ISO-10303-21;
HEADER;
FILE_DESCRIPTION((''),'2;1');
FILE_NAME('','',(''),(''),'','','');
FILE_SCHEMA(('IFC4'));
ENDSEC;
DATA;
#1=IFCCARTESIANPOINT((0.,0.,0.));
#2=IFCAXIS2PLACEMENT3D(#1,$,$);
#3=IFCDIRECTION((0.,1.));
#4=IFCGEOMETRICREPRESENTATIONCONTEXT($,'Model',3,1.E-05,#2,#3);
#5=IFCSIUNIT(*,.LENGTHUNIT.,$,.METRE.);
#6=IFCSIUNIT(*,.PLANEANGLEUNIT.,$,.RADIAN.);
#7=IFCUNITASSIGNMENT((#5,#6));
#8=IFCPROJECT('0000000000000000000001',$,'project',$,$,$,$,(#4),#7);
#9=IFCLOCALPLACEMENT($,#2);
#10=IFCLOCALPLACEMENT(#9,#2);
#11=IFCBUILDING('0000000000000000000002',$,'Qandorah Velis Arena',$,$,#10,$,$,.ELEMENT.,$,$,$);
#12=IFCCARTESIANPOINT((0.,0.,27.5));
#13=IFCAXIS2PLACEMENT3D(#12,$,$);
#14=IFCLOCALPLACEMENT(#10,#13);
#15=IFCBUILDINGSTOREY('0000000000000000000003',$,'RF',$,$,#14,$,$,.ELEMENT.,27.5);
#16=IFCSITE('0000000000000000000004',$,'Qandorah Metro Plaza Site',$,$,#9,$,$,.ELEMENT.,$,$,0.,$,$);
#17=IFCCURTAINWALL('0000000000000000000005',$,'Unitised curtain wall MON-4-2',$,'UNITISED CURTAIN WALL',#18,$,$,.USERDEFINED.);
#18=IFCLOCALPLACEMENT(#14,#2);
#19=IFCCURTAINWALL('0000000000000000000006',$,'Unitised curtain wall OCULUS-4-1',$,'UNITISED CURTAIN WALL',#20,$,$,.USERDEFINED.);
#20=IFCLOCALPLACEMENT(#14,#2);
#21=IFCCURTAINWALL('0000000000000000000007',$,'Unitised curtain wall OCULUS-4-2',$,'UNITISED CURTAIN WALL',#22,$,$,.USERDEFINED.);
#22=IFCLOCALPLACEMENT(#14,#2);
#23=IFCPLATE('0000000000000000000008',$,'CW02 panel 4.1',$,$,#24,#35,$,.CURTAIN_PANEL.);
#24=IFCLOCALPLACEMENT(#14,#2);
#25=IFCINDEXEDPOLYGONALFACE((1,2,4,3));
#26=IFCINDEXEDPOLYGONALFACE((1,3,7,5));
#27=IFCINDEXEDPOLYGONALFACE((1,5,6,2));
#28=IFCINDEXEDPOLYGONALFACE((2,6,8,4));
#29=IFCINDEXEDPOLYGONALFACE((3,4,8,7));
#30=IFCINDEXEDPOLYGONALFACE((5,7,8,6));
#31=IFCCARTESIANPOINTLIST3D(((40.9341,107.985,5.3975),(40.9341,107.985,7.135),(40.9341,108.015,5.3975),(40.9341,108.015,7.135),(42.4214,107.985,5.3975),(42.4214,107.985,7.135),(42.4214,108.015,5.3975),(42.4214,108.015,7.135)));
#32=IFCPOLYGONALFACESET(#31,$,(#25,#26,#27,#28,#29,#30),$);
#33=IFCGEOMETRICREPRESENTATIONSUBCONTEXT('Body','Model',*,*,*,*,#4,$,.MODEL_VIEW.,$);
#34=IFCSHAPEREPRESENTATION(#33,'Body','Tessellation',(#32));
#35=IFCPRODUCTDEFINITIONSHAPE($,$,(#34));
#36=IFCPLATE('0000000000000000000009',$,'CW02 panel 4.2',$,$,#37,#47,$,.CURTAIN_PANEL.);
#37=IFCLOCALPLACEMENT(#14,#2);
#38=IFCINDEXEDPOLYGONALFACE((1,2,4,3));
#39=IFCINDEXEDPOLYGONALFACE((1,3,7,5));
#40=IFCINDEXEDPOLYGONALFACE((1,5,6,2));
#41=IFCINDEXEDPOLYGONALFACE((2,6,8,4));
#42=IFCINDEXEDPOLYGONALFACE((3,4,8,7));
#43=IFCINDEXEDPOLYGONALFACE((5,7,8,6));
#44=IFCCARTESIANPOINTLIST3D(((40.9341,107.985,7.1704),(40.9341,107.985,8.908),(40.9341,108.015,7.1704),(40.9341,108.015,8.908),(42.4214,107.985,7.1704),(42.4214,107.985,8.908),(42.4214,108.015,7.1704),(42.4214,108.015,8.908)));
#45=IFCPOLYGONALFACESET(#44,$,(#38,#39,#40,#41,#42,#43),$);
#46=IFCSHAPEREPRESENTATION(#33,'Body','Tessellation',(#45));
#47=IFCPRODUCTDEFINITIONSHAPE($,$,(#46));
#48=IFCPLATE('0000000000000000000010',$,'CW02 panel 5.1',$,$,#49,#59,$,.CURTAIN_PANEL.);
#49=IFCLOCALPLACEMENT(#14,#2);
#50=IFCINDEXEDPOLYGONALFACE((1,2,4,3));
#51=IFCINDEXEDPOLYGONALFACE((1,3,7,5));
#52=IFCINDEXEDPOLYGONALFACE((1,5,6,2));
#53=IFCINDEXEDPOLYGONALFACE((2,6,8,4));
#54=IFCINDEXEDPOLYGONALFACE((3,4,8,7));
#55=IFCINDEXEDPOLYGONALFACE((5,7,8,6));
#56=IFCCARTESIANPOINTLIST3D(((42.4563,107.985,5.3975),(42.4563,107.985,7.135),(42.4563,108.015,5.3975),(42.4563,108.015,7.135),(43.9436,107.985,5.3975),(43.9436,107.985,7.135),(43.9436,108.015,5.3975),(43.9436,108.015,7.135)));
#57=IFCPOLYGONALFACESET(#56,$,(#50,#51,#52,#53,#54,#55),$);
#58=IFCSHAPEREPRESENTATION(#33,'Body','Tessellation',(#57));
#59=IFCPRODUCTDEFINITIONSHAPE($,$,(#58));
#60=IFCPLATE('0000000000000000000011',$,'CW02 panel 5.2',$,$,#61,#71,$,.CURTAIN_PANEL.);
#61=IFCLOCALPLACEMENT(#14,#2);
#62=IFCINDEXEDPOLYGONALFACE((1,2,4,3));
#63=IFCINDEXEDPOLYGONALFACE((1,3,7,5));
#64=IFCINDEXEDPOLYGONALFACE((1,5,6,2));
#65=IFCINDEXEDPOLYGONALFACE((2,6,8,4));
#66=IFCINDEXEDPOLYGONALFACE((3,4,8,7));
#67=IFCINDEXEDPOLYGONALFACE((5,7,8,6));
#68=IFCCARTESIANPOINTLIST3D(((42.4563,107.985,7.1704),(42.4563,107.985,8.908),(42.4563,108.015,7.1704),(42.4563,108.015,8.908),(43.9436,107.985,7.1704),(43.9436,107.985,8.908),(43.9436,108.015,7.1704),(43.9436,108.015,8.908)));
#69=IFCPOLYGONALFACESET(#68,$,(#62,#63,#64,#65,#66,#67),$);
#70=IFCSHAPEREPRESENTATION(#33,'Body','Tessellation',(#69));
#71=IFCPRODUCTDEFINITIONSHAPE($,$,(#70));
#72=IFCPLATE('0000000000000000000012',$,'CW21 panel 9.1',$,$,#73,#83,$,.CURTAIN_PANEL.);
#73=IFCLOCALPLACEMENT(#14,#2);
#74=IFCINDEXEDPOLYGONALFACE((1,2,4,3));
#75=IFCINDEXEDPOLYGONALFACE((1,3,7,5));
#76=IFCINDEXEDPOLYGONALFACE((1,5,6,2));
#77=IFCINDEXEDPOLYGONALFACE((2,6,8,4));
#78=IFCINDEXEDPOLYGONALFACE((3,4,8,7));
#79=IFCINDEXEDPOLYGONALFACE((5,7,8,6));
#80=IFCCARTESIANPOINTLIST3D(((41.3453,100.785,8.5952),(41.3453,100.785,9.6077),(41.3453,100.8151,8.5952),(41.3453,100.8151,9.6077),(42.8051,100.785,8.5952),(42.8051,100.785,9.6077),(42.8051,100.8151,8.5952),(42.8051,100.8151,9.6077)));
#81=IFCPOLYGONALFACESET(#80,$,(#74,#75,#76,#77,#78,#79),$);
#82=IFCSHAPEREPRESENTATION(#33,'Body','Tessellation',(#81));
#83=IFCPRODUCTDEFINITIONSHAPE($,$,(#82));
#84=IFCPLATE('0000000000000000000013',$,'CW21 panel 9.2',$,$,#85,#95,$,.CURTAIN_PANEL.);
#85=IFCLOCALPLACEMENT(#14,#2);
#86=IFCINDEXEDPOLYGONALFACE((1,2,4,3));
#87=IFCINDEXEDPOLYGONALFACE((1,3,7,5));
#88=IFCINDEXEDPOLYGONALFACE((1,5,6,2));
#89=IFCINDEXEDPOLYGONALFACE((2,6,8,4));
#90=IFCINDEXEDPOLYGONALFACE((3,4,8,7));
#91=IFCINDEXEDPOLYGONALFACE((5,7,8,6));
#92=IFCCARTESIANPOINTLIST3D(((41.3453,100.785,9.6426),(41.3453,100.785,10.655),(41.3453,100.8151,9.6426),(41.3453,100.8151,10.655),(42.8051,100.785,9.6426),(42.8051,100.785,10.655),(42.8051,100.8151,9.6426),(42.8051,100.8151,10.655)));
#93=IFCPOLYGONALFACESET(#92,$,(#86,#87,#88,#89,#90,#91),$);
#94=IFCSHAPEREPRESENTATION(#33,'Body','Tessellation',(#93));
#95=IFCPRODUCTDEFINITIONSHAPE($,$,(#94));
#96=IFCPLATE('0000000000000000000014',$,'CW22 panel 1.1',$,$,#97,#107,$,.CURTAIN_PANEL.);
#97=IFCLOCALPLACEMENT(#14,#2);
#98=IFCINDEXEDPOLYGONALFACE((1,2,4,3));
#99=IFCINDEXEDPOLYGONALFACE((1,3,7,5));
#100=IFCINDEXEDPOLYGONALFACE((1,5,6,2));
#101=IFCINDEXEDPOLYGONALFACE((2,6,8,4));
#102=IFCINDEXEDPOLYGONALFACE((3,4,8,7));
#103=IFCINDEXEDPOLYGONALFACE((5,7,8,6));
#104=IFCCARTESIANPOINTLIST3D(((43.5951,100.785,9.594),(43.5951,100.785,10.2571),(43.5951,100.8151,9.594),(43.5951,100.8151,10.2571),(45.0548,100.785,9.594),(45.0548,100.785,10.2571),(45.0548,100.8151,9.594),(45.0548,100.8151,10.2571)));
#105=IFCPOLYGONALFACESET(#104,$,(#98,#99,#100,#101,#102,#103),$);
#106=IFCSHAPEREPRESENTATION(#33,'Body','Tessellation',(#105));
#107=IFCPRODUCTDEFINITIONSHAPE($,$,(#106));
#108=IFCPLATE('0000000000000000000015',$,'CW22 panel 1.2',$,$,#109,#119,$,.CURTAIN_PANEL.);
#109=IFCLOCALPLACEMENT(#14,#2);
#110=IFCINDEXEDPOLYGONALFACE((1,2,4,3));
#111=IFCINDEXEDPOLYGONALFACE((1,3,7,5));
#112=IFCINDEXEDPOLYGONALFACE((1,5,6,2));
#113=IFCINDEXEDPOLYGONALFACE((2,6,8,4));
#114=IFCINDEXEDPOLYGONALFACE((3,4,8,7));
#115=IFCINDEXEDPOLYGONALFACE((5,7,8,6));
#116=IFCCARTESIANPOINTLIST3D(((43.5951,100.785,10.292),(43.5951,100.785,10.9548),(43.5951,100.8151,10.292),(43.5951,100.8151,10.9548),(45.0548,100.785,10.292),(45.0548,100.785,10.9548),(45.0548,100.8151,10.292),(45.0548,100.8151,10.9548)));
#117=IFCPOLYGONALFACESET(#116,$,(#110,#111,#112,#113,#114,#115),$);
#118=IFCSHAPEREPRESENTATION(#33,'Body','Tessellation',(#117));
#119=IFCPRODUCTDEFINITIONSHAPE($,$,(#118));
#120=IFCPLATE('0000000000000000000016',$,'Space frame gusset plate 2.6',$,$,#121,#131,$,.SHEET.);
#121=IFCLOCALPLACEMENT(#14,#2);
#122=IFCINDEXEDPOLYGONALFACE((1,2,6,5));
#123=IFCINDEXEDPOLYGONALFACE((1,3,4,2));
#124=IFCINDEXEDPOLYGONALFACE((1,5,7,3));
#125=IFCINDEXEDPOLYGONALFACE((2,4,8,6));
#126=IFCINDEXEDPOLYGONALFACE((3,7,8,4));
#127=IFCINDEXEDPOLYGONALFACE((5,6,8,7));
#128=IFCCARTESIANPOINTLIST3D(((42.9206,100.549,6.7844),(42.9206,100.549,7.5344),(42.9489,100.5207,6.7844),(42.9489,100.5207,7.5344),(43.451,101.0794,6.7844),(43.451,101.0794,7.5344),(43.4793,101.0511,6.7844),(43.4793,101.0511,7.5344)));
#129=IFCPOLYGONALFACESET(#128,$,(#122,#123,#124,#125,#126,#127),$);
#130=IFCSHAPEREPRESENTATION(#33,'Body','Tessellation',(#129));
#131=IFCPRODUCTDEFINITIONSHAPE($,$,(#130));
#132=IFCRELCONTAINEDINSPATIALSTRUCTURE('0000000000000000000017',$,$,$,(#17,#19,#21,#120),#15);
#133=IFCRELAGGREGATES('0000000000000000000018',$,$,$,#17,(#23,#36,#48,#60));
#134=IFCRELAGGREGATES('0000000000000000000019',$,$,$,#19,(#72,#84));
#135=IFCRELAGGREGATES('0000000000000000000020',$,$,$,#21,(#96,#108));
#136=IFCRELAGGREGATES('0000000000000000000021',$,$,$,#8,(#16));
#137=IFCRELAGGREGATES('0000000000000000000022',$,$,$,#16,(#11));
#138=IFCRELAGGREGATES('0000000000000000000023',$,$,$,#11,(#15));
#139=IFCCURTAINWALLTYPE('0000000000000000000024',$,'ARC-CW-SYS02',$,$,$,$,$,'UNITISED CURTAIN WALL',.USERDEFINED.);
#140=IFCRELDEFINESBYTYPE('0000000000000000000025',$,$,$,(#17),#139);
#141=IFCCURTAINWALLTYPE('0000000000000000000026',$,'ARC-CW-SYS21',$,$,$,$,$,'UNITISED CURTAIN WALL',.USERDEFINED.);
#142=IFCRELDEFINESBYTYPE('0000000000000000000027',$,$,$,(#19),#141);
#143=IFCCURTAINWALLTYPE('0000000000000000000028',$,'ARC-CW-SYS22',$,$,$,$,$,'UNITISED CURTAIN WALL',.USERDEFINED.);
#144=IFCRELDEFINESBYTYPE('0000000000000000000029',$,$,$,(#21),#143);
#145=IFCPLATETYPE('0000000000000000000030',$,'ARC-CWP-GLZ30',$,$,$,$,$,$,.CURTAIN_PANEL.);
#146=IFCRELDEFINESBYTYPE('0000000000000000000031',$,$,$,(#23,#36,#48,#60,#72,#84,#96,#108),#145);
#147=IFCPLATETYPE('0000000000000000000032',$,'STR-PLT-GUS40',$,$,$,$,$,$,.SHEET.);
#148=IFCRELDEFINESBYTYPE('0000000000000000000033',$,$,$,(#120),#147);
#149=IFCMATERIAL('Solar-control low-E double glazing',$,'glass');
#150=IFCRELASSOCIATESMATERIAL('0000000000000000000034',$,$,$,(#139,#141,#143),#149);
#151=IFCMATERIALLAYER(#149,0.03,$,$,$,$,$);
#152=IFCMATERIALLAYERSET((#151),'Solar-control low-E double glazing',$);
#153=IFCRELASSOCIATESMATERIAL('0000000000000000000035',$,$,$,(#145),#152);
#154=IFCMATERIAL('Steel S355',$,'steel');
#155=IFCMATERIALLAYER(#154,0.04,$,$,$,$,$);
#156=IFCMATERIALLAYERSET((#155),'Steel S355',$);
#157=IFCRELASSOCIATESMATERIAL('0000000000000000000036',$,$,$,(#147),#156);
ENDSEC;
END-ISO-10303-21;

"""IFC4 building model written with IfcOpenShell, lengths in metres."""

from ifc_helpers import new_model, si_unit, direction, frame, origin, origin_2d, place, context, subcontext, project, spatial, rectangle, extrude, material, layer, layer_set, type_object, element, aggregate, save


model = new_model("IFC4")

# Units and contexts
model_context = context("Model", 3, precision=1e-05, world=origin(), true_north=direction((0.0, 1.0)))
body_context = subcontext(model_context, "Body", "Model", "MODEL_VIEW")
ifc_project = project(units=[si_unit("LENGTHUNIT", "METRE"), si_unit("PLANEANGLEUNIT", "RADIAN")], contexts=[model_context])

# Site, building, storey
site_placement = place(None, origin())
site = spatial("IfcSite", under=ifc_project, at=site_placement, Name="Qandorah Metro Plaza Site", CompositionType="ELEMENT", RefElevation=0.0)
building_placement = place(site_placement, origin())
building = spatial("IfcBuilding", under=site, at=building_placement, Name="Qandorah Velis Arena", CompositionType="ELEMENT")
storey_placement = place(building_placement, frame((0.0, 0.0, 27.5)))
storey = spatial("IfcBuildingStorey", under=building, at=storey_placement, Name="RF", CompositionType="ELEMENT", Elevation=27.5)

# Curtain wall
ifc_material_1 = material(Name="Solar-control low-E double glazing", Category="glass")
curtain_wall_type_1 = type_object("IfcCurtainWallType", Name="ARC-CW-SYS02", ElementType="UNITISED CURTAIN WALL", PredefinedType="USERDEFINED", material=ifc_material_1)
curtain_wall_1_placement = place(storey_placement, origin())
curtain_wall_1 = element("IfcCurtainWall", 1, at=curtain_wall_1_placement, inside=storey, type_object=curtain_wall_type_1, Name="Unitised curtain wall MON-4-2", ObjectType="UNITISED CURTAIN WALL", PredefinedType="USERDEFINED")

# Curtain walls
curtain_wall_type_2 = type_object("IfcCurtainWallType", Name="ARC-CW-SYS21", ElementType="UNITISED CURTAIN WALL", PredefinedType="USERDEFINED", material=ifc_material_1)
curtain_wall_2_placement = place(storey_placement, origin())
curtain_wall_2 = element("IfcCurtainWall", 2, at=curtain_wall_2_placement, inside=storey, type_object=curtain_wall_type_2, Name="Unitised curtain wall OCULUS-4-1", ObjectType="UNITISED CURTAIN WALL", PredefinedType="USERDEFINED")
curtain_wall_type_3 = type_object("IfcCurtainWallType", Name="ARC-CW-SYS22", ElementType="UNITISED CURTAIN WALL", PredefinedType="USERDEFINED", material=ifc_material_1)
curtain_wall_3_placement = place(storey_placement, origin())
curtain_wall_3 = element("IfcCurtainWall", 3, at=curtain_wall_3_placement, inside=storey, type_object=curtain_wall_type_3, Name="Unitised curtain wall OCULUS-4-2", ObjectType="UNITISED CURTAIN WALL", PredefinedType="USERDEFINED")

# Shared definitions
ifc_material_2 = material(Name="Steel S355", Category="steel")

# Plates
ifc_layer_1 = layer(ifc_material_1, 0.03)
ifc_layer_set_1 = layer_set([ifc_layer_1], Name="Solar-control low-E double glazing")
plate_type_1 = type_object("IfcPlateType", Name="ARC-CWP-GLZ30", PredefinedType="CURTAIN_PANEL", material=ifc_layer_set_1)
plate_1_placement = place(storey_placement, frame((41.6777, 108.0, 5.3975), z_axis=(0.0, 0.0, 1.0), x_axis=(1.0, 0.0, 0.0)))
plate_1 = element("IfcPlate", 4, at=plate_1_placement, type_object=plate_type_1, Name="CW02 panel 4.1", PredefinedType="CURTAIN_PANEL", context=body_context, shape_type="SweptSolid", body=[
    extrude(rectangle(XDim=1.4873, YDim=0.03, at=origin_2d()), origin(), (0.0, 0.0, 1.0), 1.7375),
])
plate_2_placement = place(storey_placement, frame((41.6777, 108.0, 7.1704), z_axis=(0.0, 0.0, 1.0), x_axis=(1.0, 0.0, 0.0)))
plate_2 = element("IfcPlate", 5, at=plate_2_placement, type_object=plate_type_1, Name="CW02 panel 4.2", PredefinedType="CURTAIN_PANEL", context=body_context, shape_type="SweptSolid", body=[
    extrude(rectangle(XDim=1.4873, YDim=0.03, at=origin_2d()), origin(), (0.0, 0.0, 1.0), 1.7375),
])
plate_3_placement = place(storey_placement, frame((43.2, 108.0, 5.3975), z_axis=(0.0, 0.0, 1.0), x_axis=(1.0, 0.0, 0.0)))
plate_3 = element("IfcPlate", 6, at=plate_3_placement, type_object=plate_type_1, Name="CW02 panel 5.1", PredefinedType="CURTAIN_PANEL", context=body_context, shape_type="SweptSolid", body=[
    extrude(rectangle(XDim=1.4873, YDim=0.03, at=origin_2d()), origin(), (0.0, 0.0, 1.0), 1.7375),
])
plate_4_placement = place(storey_placement, frame((43.2, 108.0, 7.1704), z_axis=(0.0, 0.0, 1.0), x_axis=(1.0, 0.0, 0.0)))
plate_4 = element("IfcPlate", 7, at=plate_4_placement, type_object=plate_type_1, Name="CW02 panel 5.2", PredefinedType="CURTAIN_PANEL", context=body_context, shape_type="SweptSolid", body=[
    extrude(rectangle(XDim=1.4873, YDim=0.03, at=origin_2d()), origin(), (0.0, 0.0, 1.0), 1.7375),
])
aggregate(curtain_wall_1, [plate_1, plate_2, plate_3, plate_4])
plate_5_placement = place(storey_placement, frame((42.0752, 100.8, 8.5952), z_axis=(0.0, 0.0, 1.0), x_axis=(1.0, 0.0, 0.0)))
plate_5 = element("IfcPlate", 8, at=plate_5_placement, type_object=plate_type_1, Name="CW21 panel 9.1", PredefinedType="CURTAIN_PANEL", context=body_context, shape_type="SweptSolid", body=[
    extrude(rectangle(XDim=1.4597, YDim=0.03, at=origin_2d()), origin(), (0.0, 0.0, 1.0), 1.0125),
])
plate_6_placement = place(storey_placement, frame((42.0752, 100.8, 9.6426), z_axis=(0.0, 0.0, 1.0), x_axis=(1.0, 0.0, 0.0)))
plate_6 = element("IfcPlate", 9, at=plate_6_placement, type_object=plate_type_1, Name="CW21 panel 9.2", PredefinedType="CURTAIN_PANEL", context=body_context, shape_type="SweptSolid", body=[
    extrude(rectangle(XDim=1.4597, YDim=0.03, at=origin_2d()), origin(), (0.0, 0.0, 1.0), 1.0125),
])
aggregate(curtain_wall_2, [plate_5, plate_6])
plate_7_placement = place(storey_placement, frame((44.325, 100.8, 9.594), z_axis=(0.0, 0.0, 1.0), x_axis=(1.0, 0.0, 0.0)))
plate_7 = element("IfcPlate", 10, at=plate_7_placement, type_object=plate_type_1, Name="CW22 panel 1.1", PredefinedType="CURTAIN_PANEL", context=body_context, shape_type="SweptSolid", body=[
    extrude(rectangle(XDim=1.4597, YDim=0.03, at=origin_2d()), origin(), (0.0, 0.0, 1.0), 0.6631),
])
plate_8_placement = place(storey_placement, frame((44.325, 100.8, 10.292), z_axis=(0.0, 0.0, 1.0), x_axis=(1.0, 0.0, 0.0)))
plate_8 = element("IfcPlate", 11, at=plate_8_placement, type_object=plate_type_1, Name="CW22 panel 1.2", PredefinedType="CURTAIN_PANEL", context=body_context, shape_type="SweptSolid", body=[
    extrude(rectangle(XDim=1.4597, YDim=0.03, at=origin_2d()), origin(), (0.0, 0.0, 1.0), 0.6628),
])
aggregate(curtain_wall_3, [plate_7, plate_8])
ifc_layer_2 = layer(ifc_material_2, 0.04)
ifc_layer_set_2 = layer_set([ifc_layer_2], Name="Steel S355")
plate_type_2 = type_object("IfcPlateType", Name="STR-PLT-GUS40", PredefinedType="SHEET", material=ifc_layer_set_2)
plate_9_placement = place(storey_placement, frame((43.2, 100.8, 6.7844), z_axis=(0.0, 0.0, 1.0), x_axis=(0.707107, 0.707107, 0.0)))
element("IfcPlate", 12, at=plate_9_placement, inside=storey, type_object=plate_type_2, Name="Space frame gusset plate 2.6", PredefinedType="SHEET", context=body_context, shape_type="SweptSolid", body=[
    extrude(rectangle(XDim=0.75, YDim=0.04, at=origin_2d()), origin(), (0.0, 0.0, 1.0), 0.75),
])

save(model, "model.ifc")
